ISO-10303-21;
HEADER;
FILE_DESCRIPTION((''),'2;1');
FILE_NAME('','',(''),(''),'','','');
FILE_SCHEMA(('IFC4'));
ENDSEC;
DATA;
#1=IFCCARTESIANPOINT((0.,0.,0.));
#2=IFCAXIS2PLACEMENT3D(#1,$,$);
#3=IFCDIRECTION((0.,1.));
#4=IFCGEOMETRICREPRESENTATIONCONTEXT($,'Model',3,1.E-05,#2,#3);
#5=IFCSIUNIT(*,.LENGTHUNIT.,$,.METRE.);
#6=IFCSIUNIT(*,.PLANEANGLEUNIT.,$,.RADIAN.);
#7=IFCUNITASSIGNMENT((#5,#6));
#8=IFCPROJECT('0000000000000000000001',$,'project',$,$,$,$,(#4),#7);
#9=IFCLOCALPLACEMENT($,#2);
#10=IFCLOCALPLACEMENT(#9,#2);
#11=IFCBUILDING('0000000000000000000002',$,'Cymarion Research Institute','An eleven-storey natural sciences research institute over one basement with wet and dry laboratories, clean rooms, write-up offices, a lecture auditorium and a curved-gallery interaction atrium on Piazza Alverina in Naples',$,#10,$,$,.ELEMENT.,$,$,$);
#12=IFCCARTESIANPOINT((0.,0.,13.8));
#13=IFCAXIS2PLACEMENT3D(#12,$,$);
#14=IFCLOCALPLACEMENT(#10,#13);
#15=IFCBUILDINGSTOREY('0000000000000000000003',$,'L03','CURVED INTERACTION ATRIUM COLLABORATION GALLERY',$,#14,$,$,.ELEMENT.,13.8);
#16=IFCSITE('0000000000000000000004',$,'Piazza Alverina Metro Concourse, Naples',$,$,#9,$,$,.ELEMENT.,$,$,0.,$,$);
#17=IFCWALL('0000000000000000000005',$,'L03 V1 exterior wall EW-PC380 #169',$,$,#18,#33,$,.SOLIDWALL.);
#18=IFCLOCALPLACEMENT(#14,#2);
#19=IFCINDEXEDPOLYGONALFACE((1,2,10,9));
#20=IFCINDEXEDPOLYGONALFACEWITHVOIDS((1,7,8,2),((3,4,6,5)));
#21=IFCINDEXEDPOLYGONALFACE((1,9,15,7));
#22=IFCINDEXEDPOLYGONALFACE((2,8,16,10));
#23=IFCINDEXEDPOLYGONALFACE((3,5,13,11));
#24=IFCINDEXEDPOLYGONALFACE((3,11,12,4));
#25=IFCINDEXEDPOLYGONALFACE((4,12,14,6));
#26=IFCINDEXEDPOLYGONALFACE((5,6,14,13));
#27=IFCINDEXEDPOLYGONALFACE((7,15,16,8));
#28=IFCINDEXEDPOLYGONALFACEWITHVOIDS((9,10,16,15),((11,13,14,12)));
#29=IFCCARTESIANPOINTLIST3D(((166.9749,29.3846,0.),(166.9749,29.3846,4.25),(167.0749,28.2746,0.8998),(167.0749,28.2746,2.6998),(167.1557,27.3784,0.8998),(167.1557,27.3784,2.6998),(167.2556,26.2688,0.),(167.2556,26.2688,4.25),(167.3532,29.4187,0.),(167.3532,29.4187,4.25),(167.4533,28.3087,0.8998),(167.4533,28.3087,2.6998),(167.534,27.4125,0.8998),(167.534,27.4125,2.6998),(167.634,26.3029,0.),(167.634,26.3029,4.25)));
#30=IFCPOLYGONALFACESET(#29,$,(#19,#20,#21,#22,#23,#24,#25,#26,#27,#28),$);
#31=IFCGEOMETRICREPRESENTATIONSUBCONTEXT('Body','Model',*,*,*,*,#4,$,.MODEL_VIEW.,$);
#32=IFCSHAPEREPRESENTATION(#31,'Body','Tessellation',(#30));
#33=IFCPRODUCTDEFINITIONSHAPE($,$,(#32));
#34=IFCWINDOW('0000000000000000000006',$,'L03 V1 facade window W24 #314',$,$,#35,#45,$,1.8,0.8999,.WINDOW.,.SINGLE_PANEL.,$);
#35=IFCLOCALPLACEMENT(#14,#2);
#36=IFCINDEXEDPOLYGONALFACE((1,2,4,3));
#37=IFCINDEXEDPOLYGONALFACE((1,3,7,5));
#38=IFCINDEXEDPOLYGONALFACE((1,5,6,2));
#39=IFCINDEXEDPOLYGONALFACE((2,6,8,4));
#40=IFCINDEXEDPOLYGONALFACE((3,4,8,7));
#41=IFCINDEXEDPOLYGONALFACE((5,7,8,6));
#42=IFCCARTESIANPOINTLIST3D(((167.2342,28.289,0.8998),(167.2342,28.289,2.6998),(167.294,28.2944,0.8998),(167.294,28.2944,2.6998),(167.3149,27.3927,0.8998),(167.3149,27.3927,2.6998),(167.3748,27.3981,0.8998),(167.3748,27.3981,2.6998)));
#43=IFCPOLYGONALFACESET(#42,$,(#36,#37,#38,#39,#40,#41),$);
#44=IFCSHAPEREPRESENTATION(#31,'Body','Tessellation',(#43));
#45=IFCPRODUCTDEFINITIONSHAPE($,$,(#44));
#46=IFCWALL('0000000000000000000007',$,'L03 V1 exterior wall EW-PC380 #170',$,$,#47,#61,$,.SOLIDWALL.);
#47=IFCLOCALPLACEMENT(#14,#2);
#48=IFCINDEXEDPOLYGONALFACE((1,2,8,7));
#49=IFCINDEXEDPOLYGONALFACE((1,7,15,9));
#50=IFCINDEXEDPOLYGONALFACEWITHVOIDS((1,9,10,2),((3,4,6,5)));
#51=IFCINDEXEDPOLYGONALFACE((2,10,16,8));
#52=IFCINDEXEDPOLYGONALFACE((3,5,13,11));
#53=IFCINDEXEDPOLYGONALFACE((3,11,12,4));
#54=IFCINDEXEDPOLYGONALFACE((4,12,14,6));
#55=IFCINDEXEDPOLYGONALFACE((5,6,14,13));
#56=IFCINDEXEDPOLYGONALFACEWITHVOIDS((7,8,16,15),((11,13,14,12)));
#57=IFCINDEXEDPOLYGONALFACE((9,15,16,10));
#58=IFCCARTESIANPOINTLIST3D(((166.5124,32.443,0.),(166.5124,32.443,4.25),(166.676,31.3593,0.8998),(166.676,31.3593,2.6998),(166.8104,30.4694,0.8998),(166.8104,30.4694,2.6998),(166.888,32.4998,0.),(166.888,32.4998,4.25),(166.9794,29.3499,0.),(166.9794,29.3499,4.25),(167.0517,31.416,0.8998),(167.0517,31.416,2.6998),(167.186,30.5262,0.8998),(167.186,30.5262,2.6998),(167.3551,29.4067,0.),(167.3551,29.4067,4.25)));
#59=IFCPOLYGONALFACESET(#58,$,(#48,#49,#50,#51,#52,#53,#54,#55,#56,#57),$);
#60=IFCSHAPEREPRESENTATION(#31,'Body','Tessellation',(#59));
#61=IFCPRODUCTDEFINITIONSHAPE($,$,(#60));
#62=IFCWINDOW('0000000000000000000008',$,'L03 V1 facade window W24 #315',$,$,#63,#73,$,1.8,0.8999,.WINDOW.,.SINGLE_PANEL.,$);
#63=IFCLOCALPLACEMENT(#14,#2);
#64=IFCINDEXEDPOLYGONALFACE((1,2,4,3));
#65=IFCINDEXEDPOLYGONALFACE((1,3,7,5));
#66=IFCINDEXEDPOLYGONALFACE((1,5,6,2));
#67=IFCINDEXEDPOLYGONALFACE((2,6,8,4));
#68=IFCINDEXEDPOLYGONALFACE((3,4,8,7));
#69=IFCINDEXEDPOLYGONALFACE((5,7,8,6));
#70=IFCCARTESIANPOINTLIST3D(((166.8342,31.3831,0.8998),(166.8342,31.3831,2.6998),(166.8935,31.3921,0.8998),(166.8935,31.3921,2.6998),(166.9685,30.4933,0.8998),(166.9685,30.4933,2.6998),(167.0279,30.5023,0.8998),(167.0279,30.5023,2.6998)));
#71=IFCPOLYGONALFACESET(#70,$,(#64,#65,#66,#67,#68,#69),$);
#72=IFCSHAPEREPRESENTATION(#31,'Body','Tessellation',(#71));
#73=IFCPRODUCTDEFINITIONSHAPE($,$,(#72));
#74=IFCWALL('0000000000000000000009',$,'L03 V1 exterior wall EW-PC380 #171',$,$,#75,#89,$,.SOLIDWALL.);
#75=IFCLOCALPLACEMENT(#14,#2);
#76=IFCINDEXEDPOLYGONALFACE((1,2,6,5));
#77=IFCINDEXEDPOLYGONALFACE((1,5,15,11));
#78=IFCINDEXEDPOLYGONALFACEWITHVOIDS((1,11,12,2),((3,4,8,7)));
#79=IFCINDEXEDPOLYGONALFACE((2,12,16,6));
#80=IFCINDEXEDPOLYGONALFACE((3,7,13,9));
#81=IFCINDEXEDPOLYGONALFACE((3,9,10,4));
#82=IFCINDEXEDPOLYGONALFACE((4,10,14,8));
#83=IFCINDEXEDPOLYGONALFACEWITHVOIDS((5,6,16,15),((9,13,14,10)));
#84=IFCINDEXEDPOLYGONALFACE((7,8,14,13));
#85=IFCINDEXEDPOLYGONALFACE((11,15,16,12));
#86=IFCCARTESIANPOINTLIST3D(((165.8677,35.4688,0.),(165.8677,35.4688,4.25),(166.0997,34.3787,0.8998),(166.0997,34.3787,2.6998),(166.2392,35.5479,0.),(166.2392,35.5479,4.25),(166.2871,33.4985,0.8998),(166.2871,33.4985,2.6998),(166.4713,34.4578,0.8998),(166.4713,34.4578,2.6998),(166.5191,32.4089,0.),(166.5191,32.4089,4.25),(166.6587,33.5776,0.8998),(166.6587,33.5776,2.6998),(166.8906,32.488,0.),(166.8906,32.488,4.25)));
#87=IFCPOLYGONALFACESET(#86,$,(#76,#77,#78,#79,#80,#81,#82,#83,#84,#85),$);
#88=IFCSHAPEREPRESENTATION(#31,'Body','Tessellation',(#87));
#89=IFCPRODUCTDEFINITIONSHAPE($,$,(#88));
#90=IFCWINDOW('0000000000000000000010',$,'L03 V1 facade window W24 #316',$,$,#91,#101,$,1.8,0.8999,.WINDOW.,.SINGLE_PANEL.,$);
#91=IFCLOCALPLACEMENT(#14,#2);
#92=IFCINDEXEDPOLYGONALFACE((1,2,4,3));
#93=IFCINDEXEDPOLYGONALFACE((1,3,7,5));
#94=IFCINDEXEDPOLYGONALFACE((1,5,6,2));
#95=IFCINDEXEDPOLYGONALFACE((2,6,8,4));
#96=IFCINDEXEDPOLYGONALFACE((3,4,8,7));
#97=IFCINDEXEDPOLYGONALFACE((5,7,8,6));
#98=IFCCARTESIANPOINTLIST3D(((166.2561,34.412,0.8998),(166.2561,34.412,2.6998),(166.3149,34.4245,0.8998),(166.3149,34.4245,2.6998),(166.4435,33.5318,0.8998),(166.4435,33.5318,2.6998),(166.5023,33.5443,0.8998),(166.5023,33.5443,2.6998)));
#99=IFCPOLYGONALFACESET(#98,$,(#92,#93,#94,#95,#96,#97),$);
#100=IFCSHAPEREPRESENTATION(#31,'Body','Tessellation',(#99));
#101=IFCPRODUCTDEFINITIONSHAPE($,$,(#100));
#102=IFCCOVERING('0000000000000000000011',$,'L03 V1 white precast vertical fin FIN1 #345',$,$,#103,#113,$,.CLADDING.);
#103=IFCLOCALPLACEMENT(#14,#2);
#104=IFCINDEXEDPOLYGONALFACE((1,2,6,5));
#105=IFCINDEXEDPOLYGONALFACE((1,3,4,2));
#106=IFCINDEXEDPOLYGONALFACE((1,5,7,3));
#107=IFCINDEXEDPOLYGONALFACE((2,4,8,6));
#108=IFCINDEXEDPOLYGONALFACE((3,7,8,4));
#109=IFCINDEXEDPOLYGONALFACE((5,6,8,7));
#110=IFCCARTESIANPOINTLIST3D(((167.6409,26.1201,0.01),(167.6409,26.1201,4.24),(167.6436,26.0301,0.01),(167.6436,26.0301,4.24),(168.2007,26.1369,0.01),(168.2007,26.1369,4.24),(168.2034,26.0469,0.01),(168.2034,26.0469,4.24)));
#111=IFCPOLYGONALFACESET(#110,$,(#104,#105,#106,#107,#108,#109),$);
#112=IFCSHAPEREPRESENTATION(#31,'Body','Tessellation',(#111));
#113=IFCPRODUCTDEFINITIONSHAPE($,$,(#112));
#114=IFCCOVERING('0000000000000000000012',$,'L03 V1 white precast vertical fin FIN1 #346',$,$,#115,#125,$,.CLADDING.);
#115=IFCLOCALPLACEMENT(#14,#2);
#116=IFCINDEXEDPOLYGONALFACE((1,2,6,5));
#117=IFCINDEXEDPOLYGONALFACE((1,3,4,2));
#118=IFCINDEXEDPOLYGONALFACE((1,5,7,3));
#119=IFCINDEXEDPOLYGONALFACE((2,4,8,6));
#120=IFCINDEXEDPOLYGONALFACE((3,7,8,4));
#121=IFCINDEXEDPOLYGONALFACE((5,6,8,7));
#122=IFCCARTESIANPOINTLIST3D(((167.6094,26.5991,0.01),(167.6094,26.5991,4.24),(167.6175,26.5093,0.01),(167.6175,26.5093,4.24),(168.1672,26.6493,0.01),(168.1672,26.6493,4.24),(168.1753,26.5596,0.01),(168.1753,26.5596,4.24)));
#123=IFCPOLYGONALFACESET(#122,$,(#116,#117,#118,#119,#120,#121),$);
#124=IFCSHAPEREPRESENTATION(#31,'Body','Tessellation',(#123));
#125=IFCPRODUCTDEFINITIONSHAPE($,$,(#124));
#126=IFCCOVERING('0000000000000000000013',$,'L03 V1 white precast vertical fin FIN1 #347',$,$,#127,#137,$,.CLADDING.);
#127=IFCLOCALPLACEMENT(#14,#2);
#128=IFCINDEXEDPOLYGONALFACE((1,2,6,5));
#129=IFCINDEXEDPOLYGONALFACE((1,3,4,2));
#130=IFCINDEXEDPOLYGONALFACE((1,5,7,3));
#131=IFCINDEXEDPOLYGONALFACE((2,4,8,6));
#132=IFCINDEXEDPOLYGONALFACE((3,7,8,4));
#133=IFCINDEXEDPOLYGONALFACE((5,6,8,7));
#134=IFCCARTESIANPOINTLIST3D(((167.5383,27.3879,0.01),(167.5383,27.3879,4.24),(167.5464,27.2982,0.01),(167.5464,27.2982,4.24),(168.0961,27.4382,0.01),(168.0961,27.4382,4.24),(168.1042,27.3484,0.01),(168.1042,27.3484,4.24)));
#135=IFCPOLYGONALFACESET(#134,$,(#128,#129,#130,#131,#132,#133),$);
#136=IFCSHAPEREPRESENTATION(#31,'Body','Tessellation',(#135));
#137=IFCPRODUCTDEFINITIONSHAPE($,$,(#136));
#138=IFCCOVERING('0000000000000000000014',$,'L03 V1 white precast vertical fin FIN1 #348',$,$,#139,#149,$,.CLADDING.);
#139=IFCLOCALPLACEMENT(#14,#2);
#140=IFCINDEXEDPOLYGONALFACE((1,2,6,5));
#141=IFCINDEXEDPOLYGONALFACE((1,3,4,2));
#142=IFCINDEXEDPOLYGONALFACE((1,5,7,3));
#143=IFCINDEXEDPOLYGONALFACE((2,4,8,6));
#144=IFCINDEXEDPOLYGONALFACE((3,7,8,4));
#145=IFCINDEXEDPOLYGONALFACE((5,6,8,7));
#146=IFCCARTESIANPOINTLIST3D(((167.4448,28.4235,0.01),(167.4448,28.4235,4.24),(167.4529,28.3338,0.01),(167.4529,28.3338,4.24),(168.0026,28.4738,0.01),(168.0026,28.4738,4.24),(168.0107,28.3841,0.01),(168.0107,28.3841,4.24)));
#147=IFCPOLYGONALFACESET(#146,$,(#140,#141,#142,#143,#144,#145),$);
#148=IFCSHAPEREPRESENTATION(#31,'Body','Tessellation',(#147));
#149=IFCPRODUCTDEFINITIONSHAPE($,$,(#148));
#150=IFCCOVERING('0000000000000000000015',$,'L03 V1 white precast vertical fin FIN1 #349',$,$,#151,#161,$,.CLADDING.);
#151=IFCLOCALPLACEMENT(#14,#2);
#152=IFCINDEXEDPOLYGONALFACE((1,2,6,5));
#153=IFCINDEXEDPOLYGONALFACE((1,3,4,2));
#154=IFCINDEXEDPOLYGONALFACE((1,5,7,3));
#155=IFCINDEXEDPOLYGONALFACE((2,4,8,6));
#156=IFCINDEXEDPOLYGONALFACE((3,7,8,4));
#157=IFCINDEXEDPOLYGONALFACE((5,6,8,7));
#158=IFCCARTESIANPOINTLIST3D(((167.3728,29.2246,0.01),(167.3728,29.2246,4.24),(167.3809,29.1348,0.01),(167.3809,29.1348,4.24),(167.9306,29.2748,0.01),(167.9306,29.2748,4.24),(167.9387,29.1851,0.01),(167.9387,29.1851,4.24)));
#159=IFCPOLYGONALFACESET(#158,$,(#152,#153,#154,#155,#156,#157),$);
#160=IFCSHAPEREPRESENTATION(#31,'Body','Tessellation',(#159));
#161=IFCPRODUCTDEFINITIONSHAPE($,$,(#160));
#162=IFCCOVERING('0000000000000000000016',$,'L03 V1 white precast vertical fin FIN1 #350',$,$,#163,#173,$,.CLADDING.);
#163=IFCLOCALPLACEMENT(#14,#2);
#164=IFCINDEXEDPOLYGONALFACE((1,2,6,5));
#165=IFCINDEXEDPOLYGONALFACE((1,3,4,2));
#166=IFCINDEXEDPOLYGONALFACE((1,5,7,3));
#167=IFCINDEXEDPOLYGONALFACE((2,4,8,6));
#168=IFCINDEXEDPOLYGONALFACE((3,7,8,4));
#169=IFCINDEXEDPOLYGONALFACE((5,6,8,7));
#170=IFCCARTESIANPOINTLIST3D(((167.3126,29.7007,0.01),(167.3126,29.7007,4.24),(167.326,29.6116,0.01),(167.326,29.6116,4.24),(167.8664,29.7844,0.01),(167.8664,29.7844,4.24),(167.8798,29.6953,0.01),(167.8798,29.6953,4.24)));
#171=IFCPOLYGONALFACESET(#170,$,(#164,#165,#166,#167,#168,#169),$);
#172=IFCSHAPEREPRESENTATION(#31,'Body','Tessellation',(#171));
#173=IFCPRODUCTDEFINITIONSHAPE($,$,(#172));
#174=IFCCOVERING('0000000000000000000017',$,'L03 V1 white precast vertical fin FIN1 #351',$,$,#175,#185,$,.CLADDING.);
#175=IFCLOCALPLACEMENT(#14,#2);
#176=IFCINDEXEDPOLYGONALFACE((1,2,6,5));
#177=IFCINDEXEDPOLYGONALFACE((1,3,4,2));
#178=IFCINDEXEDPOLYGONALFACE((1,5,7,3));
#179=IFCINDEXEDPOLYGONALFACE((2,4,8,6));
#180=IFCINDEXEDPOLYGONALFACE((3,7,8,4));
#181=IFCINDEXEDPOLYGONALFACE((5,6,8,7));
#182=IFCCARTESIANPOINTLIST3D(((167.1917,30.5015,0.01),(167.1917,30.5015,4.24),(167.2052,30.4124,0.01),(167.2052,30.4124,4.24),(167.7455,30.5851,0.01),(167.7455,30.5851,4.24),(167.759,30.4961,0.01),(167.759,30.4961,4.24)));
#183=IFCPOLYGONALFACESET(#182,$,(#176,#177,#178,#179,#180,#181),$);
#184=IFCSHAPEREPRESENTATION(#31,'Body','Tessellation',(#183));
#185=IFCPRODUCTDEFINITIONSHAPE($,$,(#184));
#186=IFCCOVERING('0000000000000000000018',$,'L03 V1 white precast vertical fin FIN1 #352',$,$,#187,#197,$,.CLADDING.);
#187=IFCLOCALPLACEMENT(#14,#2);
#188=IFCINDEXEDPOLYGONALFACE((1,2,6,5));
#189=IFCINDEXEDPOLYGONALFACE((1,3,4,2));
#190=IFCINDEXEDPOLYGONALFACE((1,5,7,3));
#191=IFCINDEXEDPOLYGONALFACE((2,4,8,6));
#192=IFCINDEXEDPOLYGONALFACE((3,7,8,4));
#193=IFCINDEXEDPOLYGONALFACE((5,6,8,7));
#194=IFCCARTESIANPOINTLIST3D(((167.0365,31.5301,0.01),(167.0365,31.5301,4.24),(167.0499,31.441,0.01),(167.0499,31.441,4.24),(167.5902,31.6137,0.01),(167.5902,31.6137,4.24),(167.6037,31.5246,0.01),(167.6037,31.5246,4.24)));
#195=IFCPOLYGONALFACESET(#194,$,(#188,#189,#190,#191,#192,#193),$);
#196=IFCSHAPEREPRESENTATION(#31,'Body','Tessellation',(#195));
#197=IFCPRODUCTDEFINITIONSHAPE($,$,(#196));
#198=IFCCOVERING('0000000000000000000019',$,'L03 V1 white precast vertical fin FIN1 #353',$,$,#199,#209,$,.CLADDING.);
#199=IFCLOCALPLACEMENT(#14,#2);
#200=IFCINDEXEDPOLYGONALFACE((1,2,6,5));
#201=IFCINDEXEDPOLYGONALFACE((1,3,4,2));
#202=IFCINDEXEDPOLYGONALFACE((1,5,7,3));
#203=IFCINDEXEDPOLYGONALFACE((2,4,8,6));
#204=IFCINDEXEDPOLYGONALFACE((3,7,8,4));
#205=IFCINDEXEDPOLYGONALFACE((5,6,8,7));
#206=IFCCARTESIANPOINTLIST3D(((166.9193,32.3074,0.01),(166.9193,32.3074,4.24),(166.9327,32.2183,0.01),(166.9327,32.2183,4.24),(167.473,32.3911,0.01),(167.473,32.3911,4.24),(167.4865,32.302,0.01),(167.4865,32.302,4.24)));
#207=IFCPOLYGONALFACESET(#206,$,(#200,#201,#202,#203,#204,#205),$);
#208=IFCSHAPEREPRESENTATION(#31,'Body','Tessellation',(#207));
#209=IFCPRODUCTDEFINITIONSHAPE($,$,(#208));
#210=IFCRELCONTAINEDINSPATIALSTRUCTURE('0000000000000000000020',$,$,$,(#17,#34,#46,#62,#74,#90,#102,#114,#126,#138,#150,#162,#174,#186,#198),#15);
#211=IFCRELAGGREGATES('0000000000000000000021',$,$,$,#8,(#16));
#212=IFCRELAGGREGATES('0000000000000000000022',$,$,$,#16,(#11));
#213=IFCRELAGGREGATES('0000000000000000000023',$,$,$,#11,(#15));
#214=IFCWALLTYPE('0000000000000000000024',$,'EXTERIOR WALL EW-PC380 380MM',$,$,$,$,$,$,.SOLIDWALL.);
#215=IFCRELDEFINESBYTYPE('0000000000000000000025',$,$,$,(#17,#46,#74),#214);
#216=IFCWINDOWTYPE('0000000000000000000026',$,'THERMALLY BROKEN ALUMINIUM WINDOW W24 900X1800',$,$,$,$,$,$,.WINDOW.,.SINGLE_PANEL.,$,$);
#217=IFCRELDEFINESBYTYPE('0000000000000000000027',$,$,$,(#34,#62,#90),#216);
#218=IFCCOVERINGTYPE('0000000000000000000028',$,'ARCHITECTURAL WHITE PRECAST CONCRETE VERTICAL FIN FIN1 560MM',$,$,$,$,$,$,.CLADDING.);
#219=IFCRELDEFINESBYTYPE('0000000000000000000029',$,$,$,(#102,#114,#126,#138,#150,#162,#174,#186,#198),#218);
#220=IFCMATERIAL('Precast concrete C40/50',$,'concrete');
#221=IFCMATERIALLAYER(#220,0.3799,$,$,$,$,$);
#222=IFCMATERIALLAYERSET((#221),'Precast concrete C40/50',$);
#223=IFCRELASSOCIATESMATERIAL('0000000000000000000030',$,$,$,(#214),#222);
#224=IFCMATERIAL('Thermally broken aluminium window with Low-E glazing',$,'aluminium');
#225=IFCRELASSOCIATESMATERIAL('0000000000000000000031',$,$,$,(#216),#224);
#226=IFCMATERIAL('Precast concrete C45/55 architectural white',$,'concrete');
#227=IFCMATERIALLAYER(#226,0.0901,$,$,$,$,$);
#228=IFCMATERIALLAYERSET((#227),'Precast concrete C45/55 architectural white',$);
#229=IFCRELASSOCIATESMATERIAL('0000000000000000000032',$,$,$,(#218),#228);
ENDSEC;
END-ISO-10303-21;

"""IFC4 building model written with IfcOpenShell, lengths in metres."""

from ifc_helpers import new_model, si_unit, direction, frame, frame_2d, origin, origin_2d, place, context, subcontext, project, spatial, rectangle, extrude, material, layer, layer_set, type_object, element, fill, save


model = new_model("IFC4")

# Units and contexts
model_context = context("Model", 3, precision=1e-05, world=origin(), true_north=direction((0.0, 1.0)))
body_context = subcontext(model_context, "Body", "Model", "MODEL_VIEW")
ifc_project = project(units=[si_unit("LENGTHUNIT", "METRE"), si_unit("PLANEANGLEUNIT", "RADIAN")], contexts=[model_context])

# Site, building, storey
site_placement = place(None, origin())
site = spatial("IfcSite", under=ifc_project, at=site_placement, Name="Piazza Alverina Metro Concourse, Naples", CompositionType="ELEMENT", RefElevation=0.0)
building_placement = place(site_placement, origin())
building = spatial("IfcBuilding", under=site, at=building_placement, Name="Cymarion Research Institute", Description="An eleven-storey natural sciences research institute over one basement with wet and dry laboratories, clean rooms, write-up offices, a lecture auditorium and a curved-gallery interaction atrium on Piazza Alverina in Naples", CompositionType="ELEMENT")
storey_placement = place(building_placement, frame((0.0, 0.0, 13.8)))
storey = spatial("IfcBuildingStorey", under=building, at=storey_placement, Name="L03", Description="CURVED INTERACTION ATRIUM COLLABORATION GALLERY", CompositionType="ELEMENT", Elevation=13.8)

# Walls, openings, windows
ifc_material_1 = material(Name="Precast concrete C40/50", Category="concrete")
ifc_layer_1 = layer(ifc_material_1, 0.3799)
ifc_layer_set_1 = layer_set([ifc_layer_1], Name="Precast concrete C40/50")
wall_type = type_object("IfcWallType", Name="EXTERIOR WALL EW-PC380 380MM", PredefinedType="SOLIDWALL", material=ifc_layer_set_1)
wall_1_placement = place(storey_placement, frame((167.4448, 26.2859, 0.0), z_axis=(0.0, 0.0, 1.0), x_axis=(-0.089748, 0.995965, 0.0)))
wall_1 = element("IfcWall", 1, at=wall_1_placement, inside=storey, type_object=wall_type, Name="L03 V1 exterior wall EW-PC380 #169", PredefinedType="SOLIDWALL", context=body_context, shape_type="SweptSolid", body=[
    extrude(rectangle(XDim=3.1284, YDim=0.3799, at=frame_2d((1.5642, 0.0))), origin(), (0.0, 0.0, 1.0), 4.25),
])
opening_1_placement = place(wall_1_placement, frame((1.114, 0.0, 0.8999)))
opening_1 = element("IfcOpeningElement", 2, at=opening_1_placement, cuts=wall_1, PredefinedType="OPENING", context=body_context, shape_type="SweptSolid", body=[
    extrude(rectangle(XDim=0.8999, YDim=1.8, at=frame_2d((0.45, 0.8999))), frame((0.0, 0.2, 0.0), z_axis=(0.0, -1.0, 0.0), x_axis=(1.0, 0.0, 0.0)), (0.0, 0.0, 1.0), 0.3999),
])
ifc_material_2 = material(Name="Thermally broken aluminium window with Low-E glazing", Category="aluminium")
window_type = type_object("IfcWindowType", Name="THERMALLY BROKEN ALUMINIUM WINDOW W24 900X1800", PartitioningType="SINGLE_PANEL", PredefinedType="WINDOW", material=ifc_material_2)
window_1_placement = place(opening_1_placement, origin())
window_1 = element("IfcWindow", 3, at=window_1_placement, inside=storey, type_object=window_type, Name="L03 V1 facade window W24 #314", OverallHeight=1.8, OverallWidth=0.8999, PartitioningType="SINGLE_PANEL", PredefinedType="WINDOW", context=body_context, shape_type="SweptSolid", body=[
    extrude(rectangle(XDim=0.8999, YDim=1.8, at=frame_2d((0.45, 0.8999))), frame((0.0, 0.03, 0.0), z_axis=(0.0, -1.0, 0.0), x_axis=(1.0, 0.0, 0.0)), (0.0, 0.0, 1.0), 0.0601),
])
fill(opening_1, window_1)
wall_2_placement = place(storey_placement, frame((167.1672, 29.3784, 0.0), z_axis=(0.0, 0.0, 1.0), x_axis=(-0.149306, 0.988791, 0.0)))
wall_2 = element("IfcWall", 4, at=wall_2_placement, inside=storey, type_object=wall_type, Name="L03 V1 exterior wall EW-PC380 #170", PredefinedType="SOLIDWALL", context=body_context, shape_type="SweptSolid", body=[
    extrude(rectangle(XDim=3.1282, YDim=0.3799, at=frame_2d((1.564, 0.0))), origin(), (0.0, 0.0, 1.0), 4.25),
])
opening_2_placement = place(wall_2_placement, frame((1.1321, 0.0, 0.8999)))
opening_2 = element("IfcOpeningElement", 5, at=opening_2_placement, cuts=wall_2, PredefinedType="OPENING", context=body_context, shape_type="SweptSolid", body=[
    extrude(rectangle(XDim=0.8999, YDim=1.8, at=frame_2d((0.45, 0.8999))), frame((0.0, 0.2, 0.0), z_axis=(0.0, -1.0, 0.0), x_axis=(1.0, 0.0, 0.0)), (0.0, 0.0, 1.0), 0.3999),
])
window_2_placement = place(opening_2_placement, origin())
window_2 = element("IfcWindow", 6, at=window_2_placement, inside=storey, type_object=window_type, Name="L03 V1 facade window W24 #315", OverallHeight=1.8, OverallWidth=0.8999, PartitioningType="SINGLE_PANEL", PredefinedType="WINDOW", context=body_context, shape_type="SweptSolid", body=[
    extrude(rectangle(XDim=0.8999, YDim=1.8, at=frame_2d((0.45, 0.8999))), frame((0.0, 0.03, 0.0), z_axis=(0.0, -1.0, 0.0), x_axis=(1.0, 0.0, 0.0)), (0.0, 0.0, 1.0), 0.0601),
])
fill(opening_2, window_2)
wall_3_placement = place(storey_placement, frame((166.7048, 32.4485, 0.0), z_axis=(0.0, 0.0, 1.0), x_axis=(-0.208212, 0.978084, 0.0)))
wall_3 = element("IfcWall", 7, at=wall_3_placement, inside=storey, type_object=wall_type, Name="L03 V1 exterior wall EW-PC380 #171", PredefinedType="SOLIDWALL", context=body_context, shape_type="SweptSolid", body=[
    extrude(rectangle(XDim=3.1284, YDim=0.3799, at=frame_2d((1.5642, 0.0))), origin(), (0.0, 0.0, 1.0), 4.25),
])
opening_3_placement = place(wall_3_placement, frame((1.114, 0.0, 0.8999)))
opening_3 = element("IfcOpeningElement", 8, at=opening_3_placement, cuts=wall_3, PredefinedType="OPENING", context=body_context, shape_type="SweptSolid", body=[
    extrude(rectangle(XDim=0.8999, YDim=1.8, at=frame_2d((0.45, 0.8999))), frame((0.0, 0.2, 0.0), z_axis=(0.0, -1.0, 0.0), x_axis=(1.0, 0.0, 0.0)), (0.0, 0.0, 1.0), 0.3999),
])
window_3_placement = place(opening_3_placement, origin())
window_3 = element("IfcWindow", 9, at=window_3_placement, inside=storey, type_object=window_type, Name="L03 V1 facade window W24 #316", OverallHeight=1.8, OverallWidth=0.8999, PartitioningType="SINGLE_PANEL", PredefinedType="WINDOW", context=body_context, shape_type="SweptSolid", body=[
    extrude(rectangle(XDim=0.8999, YDim=1.8, at=frame_2d((0.45, 0.8999))), frame((0.0, 0.03, 0.0), z_axis=(0.0, -1.0, 0.0), x_axis=(1.0, 0.0, 0.0)), (0.0, 0.0, 1.0), 0.0601),
])
fill(opening_3, window_3)

# Coverings
ifc_material_3 = material(Name="Precast concrete C45/55 architectural white", Category="concrete")
ifc_layer_2 = layer(ifc_material_3, 0.0901)
ifc_layer_set_2 = layer_set([ifc_layer_2], Name="Precast concrete C45/55 architectural white")
covering_type = type_object("IfcCoveringType", Name="ARCHITECTURAL WHITE PRECAST CONCRETE VERTICAL FIN FIN1 560MM", PredefinedType="CLADDING", material=ifc_layer_set_2)
for number, where, z_axis, x_axis, name in (
    (10, (167.9221, 26.0835, 0.01), (0.0, 0.0, 1.0), (0.999549, 0.030015, 0.0), "L03 V1 white precast vertical fin FIN1 #345"),
    (11, (167.8923, 26.5793, 0.01), (0.0, 0.0, 1.0), (0.995963, 0.089763, 0.0), "L03 V1 white precast vertical fin FIN1 #346"),
    (12, (167.8213, 27.3682, 0.01), (0.0, 0.0, 1.0), (0.995963, 0.089763, 0.0), "L03 V1 white precast vertical fin FIN1 #347"),
    (13, (167.7278, 28.4038, 0.01), (0.0, 0.0, 1.0), (0.995963, 0.089763, 0.0), "L03 V1 white precast vertical fin FIN1 #348"),
    (14, (167.6558, 29.2048, 0.01), (0.0, 0.0, 1.0), (0.995963, 0.089763, 0.0), "L03 V1 white precast vertical fin FIN1 #349"),
    (15, (167.5962, 29.698, 0.01), (0.0, 0.0, 1.0), (0.988782, 0.149363, 0.0), "L03 V1 white precast vertical fin FIN1 #350"),
    (16, (167.4753, 30.4988, 0.01), (0.0, 0.0, 1.0), (0.988782, 0.149363, 0.0), "L03 V1 white precast vertical fin FIN1 #351"),
    (17, (167.3201, 31.5273, 0.01), (0.0, 0.0, 1.0), (0.988782, 0.149363, 0.0), "L03 V1 white precast vertical fin FIN1 #352"),
    (18, (167.2029, 32.3047, 0.01), (0.0, 0.0, 1.0), (0.988782, 0.149363, 0.0), "L03 V1 white precast vertical fin FIN1 #353"),
):
    element("IfcCovering", number, at=place(storey_placement, frame(where, z_axis=z_axis, x_axis=x_axis)), inside=storey, type_object=covering_type, Name=name, PredefinedType="CLADDING", context=body_context, shape_type="SweptSolid", body=[
        extrude(rectangle(XDim=0.5601, YDim=0.0901, at=origin_2d()), origin(), (0.0, 0.0, 1.0), 4.23),
    ])

save(model, "model.ifc")
